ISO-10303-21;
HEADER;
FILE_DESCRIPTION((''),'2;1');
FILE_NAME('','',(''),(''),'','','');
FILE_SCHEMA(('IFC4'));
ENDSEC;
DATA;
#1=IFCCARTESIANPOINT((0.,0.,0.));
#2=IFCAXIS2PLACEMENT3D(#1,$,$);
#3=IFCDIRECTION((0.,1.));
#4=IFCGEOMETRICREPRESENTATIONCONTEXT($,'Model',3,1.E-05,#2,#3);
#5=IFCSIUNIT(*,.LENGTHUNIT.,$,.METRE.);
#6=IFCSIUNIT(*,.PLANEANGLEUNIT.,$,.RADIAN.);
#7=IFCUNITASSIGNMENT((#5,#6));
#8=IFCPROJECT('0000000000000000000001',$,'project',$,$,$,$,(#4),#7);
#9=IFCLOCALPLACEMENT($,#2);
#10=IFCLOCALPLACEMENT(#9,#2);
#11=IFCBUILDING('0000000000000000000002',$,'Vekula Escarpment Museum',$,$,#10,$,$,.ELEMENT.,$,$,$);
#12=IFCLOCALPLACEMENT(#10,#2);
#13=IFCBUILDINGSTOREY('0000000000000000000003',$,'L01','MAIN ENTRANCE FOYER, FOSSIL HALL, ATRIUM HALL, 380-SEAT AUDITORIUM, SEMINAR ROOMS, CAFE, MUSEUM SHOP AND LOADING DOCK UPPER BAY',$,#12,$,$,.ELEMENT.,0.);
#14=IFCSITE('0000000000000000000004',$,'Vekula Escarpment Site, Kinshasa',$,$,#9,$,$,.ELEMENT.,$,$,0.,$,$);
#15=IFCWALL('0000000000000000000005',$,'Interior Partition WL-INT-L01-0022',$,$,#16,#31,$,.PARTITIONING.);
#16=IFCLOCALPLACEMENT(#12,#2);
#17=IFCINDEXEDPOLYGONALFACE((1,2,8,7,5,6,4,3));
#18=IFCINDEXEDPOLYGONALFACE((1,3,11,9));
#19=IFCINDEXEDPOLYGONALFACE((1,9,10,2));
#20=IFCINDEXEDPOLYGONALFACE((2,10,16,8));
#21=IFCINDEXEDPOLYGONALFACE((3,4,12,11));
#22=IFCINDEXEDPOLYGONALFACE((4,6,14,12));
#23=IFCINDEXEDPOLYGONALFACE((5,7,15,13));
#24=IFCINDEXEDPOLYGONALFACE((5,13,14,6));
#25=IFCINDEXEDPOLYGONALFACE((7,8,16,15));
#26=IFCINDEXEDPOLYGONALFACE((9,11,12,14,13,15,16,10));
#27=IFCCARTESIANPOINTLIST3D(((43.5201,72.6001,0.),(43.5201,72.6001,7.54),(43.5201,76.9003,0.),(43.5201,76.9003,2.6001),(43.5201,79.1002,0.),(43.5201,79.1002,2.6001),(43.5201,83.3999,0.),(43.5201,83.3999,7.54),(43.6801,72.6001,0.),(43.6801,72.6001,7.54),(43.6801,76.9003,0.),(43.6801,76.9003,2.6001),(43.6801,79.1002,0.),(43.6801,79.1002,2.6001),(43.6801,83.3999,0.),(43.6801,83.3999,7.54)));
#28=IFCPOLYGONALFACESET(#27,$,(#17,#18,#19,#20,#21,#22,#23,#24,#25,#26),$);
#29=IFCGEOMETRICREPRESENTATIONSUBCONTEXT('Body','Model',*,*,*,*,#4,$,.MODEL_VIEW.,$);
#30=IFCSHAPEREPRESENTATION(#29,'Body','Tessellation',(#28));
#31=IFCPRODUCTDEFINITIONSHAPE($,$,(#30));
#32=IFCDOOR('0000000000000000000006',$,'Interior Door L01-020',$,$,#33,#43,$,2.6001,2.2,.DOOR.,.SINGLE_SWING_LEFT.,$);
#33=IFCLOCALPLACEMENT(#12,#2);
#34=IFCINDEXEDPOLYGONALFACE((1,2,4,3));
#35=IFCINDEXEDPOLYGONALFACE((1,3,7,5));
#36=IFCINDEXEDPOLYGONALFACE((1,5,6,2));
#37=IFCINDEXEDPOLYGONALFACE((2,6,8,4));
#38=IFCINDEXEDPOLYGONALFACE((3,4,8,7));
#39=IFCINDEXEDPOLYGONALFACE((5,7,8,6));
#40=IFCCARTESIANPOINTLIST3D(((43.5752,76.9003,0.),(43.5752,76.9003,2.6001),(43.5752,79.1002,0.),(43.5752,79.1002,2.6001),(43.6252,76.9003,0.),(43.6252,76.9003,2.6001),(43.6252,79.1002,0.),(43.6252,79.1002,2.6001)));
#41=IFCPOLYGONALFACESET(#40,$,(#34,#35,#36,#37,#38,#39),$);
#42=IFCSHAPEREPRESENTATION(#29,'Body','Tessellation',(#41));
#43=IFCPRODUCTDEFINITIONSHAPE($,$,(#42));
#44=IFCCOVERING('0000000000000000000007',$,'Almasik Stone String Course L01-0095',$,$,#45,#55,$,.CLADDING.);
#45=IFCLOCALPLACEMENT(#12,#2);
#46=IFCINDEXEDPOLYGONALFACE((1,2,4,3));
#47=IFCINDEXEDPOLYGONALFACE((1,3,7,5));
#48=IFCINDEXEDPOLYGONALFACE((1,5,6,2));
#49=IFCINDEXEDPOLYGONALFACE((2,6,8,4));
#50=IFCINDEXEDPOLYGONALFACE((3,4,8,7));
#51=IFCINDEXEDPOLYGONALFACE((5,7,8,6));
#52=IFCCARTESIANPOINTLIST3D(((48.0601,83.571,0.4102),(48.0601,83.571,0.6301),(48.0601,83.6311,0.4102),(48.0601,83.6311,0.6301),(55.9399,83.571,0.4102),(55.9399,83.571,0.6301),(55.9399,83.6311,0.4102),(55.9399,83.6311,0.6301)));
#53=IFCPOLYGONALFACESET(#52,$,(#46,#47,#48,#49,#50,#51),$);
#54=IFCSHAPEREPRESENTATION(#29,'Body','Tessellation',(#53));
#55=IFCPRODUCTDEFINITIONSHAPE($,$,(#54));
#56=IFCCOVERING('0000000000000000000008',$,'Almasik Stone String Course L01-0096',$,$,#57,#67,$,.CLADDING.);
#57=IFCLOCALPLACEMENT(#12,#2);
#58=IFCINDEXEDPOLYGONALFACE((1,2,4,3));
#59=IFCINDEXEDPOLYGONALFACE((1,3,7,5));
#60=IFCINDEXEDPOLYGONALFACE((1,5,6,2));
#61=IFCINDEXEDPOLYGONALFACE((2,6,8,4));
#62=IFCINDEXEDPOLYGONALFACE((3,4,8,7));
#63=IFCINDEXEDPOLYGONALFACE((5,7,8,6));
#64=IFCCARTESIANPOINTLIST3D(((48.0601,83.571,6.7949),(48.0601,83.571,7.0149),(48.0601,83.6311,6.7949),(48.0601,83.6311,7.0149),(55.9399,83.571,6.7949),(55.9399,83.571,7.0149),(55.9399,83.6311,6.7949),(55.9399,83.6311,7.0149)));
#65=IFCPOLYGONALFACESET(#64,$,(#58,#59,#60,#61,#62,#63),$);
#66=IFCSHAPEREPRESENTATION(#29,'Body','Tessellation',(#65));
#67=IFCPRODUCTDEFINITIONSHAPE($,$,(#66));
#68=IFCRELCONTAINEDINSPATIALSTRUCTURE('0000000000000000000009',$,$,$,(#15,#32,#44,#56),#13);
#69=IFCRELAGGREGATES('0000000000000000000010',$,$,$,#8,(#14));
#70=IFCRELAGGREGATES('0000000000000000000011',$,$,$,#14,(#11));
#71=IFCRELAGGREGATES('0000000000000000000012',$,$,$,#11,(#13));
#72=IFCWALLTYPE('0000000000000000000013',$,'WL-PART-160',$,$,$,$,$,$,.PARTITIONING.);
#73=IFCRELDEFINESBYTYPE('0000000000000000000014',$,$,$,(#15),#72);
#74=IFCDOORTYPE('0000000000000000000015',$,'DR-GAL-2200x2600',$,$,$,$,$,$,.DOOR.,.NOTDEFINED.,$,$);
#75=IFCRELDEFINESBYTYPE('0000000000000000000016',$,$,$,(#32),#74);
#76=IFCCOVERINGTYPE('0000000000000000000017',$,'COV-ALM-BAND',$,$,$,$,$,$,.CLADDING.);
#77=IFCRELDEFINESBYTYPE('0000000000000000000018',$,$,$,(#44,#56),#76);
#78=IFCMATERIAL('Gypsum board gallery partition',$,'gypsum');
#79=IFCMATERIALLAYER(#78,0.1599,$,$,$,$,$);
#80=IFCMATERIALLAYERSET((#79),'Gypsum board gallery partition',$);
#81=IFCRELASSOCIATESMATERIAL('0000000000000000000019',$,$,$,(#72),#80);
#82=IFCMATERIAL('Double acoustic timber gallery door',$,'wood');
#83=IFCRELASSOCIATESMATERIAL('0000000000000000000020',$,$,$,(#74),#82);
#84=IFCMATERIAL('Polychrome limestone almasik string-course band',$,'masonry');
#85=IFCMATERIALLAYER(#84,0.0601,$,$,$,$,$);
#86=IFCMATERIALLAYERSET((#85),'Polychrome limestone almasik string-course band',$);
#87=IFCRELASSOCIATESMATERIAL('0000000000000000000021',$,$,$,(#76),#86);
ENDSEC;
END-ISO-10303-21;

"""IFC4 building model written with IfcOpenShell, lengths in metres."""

from ifc_helpers import new_model, si_unit, direction, frame, frame_2d, origin, origin_2d, place, context, subcontext, project, spatial, rectangle, extrude, material, layer, layer_set, type_object, element, fill, save


model = new_model("IFC4")

# Units and contexts
model_context = context("Model", 3, precision=1e-05, world=origin(), true_north=direction((0.0, 1.0)))
body_context = subcontext(model_context, "Body", "Model", "MODEL_VIEW")
ifc_project = project(units=[si_unit("LENGTHUNIT", "METRE"), si_unit("PLANEANGLEUNIT", "RADIAN")], contexts=[model_context])

# Site, building, storey
site_placement = place(None, origin())
site = spatial("IfcSite", under=ifc_project, at=site_placement, Name="Vekula Escarpment Site, Kinshasa", CompositionType="ELEMENT", RefElevation=0.0)
building_placement = place(site_placement, origin())
building = spatial("IfcBuilding", under=site, at=building_placement, Name="Vekula Escarpment Museum", CompositionType="ELEMENT")
storey_placement = place(building_placement, origin())
storey = spatial("IfcBuildingStorey", under=building, at=storey_placement, Name="L01", Description="MAIN ENTRANCE FOYER, FOSSIL HALL, ATRIUM HALL, 380-SEAT AUDITORIUM, SEMINAR ROOMS, CAFE, MUSEUM SHOP AND LOADING DOCK UPPER BAY", CompositionType="ELEMENT", Elevation=0.0)

# Wall, opening, door
ifc_material_1 = material(Name="Gypsum board gallery partition", Category="gypsum")
ifc_layer_1 = layer(ifc_material_1, 0.1599)
ifc_layer_set_1 = layer_set([ifc_layer_1], Name="Gypsum board gallery partition")
wall_type_1 = type_object("IfcWallType", Name="WL-PART-160", PredefinedType="PARTITIONING", material=ifc_layer_set_1)
wall_1_placement = place(storey_placement, frame((43.6001, 72.6001, 0.0), z_axis=(0.0, 0.0, 1.0), x_axis=(0.0, 1.0, 0.0)))
wall_1 = element("IfcWall", 1, at=wall_1_placement, inside=storey, type_object=wall_type_1, Name="Interior Partition WL-INT-L01-0022", PredefinedType="PARTITIONING", context=body_context, shape_type="SweptSolid", body=[
    extrude(rectangle(XDim=10.7998, YDim=0.1599, at=frame_2d((5.3999, 0.0))), origin(), (0.0, 0.0, 1.0), 7.54),
])
opening_1_placement = place(wall_1_placement, frame((4.3, 0.0, 0.0)))
opening_1 = element("IfcOpeningElement", 2, at=opening_1_placement, cuts=wall_1, PredefinedType="OPENING", context=body_context, shape_type="SweptSolid", body=[
    extrude(rectangle(XDim=2.2, YDim=2.6001, at=frame_2d((1.1001, 1.3))), frame((0.0, 0.0898, 0.0), z_axis=(0.0, -1.0, 0.0), x_axis=(1.0, 0.0, 0.0)), (0.0, 0.0, 1.0), 0.1799),
])
ifc_material_2 = material(Name="Double acoustic timber gallery door", Category="wood")
door_type_1 = type_object("IfcDoorType", Name="DR-GAL-2200x2600", OperationType="NOTDEFINED", PredefinedType="DOOR", material=ifc_material_2)
door_1_placement = place(opening_1_placement, origin())
door_1 = element("IfcDoor", 3, at=door_1_placement, inside=storey, type_object=door_type_1, Name="Interior Door L01-020", OperationType="SINGLE_SWING_LEFT", OverallHeight=2.6001, OverallWidth=2.2, PredefinedType="DOOR", context=body_context, shape_type="SweptSolid", body=[
    extrude(rectangle(XDim=2.2, YDim=2.6001, at=frame_2d((1.1001, 1.3))), frame((0.0, 0.0249, 0.0), z_axis=(0.0, -1.0, 0.0), x_axis=(1.0, 0.0, 0.0)), (0.0, 0.0, 1.0), 0.05),
])
fill(opening_1, door_1)

# Coverings
ifc_material_3 = material(Name="Polychrome limestone almasik string-course band", Category="masonry")
ifc_layer_2 = layer(ifc_material_3, 0.0601)
ifc_layer_set_2 = layer_set([ifc_layer_2], Name="Polychrome limestone almasik string-course band")
covering_type = type_object("IfcCoveringType", Name="COV-ALM-BAND", PredefinedType="CLADDING", material=ifc_layer_set_2)
for number, where, z_axis, x_axis, name in (
    (4, (52.0, 83.6011, 0.4102), (0.0, 0.0, 1.0), (1.0, 0.0, 0.0), "Almasik Stone String Course L01-0095"),
    (5, (52.0, 83.6011, 6.7949), (0.0, 0.0, 1.0), (1.0, 0.0, 0.0), "Almasik Stone String Course L01-0096"),
):
    element("IfcCovering", number, at=place(storey_placement, frame(where, z_axis=z_axis, x_axis=x_axis)), inside=storey, type_object=covering_type, Name=name, PredefinedType="CLADDING", context=body_context, shape_type="SweptSolid", body=[
        extrude(rectangle(XDim=7.8799, YDim=0.0601, at=origin_2d()), origin(), (0.0, 0.0, 1.0), 0.22),
    ])

save(model, "model.ifc")
